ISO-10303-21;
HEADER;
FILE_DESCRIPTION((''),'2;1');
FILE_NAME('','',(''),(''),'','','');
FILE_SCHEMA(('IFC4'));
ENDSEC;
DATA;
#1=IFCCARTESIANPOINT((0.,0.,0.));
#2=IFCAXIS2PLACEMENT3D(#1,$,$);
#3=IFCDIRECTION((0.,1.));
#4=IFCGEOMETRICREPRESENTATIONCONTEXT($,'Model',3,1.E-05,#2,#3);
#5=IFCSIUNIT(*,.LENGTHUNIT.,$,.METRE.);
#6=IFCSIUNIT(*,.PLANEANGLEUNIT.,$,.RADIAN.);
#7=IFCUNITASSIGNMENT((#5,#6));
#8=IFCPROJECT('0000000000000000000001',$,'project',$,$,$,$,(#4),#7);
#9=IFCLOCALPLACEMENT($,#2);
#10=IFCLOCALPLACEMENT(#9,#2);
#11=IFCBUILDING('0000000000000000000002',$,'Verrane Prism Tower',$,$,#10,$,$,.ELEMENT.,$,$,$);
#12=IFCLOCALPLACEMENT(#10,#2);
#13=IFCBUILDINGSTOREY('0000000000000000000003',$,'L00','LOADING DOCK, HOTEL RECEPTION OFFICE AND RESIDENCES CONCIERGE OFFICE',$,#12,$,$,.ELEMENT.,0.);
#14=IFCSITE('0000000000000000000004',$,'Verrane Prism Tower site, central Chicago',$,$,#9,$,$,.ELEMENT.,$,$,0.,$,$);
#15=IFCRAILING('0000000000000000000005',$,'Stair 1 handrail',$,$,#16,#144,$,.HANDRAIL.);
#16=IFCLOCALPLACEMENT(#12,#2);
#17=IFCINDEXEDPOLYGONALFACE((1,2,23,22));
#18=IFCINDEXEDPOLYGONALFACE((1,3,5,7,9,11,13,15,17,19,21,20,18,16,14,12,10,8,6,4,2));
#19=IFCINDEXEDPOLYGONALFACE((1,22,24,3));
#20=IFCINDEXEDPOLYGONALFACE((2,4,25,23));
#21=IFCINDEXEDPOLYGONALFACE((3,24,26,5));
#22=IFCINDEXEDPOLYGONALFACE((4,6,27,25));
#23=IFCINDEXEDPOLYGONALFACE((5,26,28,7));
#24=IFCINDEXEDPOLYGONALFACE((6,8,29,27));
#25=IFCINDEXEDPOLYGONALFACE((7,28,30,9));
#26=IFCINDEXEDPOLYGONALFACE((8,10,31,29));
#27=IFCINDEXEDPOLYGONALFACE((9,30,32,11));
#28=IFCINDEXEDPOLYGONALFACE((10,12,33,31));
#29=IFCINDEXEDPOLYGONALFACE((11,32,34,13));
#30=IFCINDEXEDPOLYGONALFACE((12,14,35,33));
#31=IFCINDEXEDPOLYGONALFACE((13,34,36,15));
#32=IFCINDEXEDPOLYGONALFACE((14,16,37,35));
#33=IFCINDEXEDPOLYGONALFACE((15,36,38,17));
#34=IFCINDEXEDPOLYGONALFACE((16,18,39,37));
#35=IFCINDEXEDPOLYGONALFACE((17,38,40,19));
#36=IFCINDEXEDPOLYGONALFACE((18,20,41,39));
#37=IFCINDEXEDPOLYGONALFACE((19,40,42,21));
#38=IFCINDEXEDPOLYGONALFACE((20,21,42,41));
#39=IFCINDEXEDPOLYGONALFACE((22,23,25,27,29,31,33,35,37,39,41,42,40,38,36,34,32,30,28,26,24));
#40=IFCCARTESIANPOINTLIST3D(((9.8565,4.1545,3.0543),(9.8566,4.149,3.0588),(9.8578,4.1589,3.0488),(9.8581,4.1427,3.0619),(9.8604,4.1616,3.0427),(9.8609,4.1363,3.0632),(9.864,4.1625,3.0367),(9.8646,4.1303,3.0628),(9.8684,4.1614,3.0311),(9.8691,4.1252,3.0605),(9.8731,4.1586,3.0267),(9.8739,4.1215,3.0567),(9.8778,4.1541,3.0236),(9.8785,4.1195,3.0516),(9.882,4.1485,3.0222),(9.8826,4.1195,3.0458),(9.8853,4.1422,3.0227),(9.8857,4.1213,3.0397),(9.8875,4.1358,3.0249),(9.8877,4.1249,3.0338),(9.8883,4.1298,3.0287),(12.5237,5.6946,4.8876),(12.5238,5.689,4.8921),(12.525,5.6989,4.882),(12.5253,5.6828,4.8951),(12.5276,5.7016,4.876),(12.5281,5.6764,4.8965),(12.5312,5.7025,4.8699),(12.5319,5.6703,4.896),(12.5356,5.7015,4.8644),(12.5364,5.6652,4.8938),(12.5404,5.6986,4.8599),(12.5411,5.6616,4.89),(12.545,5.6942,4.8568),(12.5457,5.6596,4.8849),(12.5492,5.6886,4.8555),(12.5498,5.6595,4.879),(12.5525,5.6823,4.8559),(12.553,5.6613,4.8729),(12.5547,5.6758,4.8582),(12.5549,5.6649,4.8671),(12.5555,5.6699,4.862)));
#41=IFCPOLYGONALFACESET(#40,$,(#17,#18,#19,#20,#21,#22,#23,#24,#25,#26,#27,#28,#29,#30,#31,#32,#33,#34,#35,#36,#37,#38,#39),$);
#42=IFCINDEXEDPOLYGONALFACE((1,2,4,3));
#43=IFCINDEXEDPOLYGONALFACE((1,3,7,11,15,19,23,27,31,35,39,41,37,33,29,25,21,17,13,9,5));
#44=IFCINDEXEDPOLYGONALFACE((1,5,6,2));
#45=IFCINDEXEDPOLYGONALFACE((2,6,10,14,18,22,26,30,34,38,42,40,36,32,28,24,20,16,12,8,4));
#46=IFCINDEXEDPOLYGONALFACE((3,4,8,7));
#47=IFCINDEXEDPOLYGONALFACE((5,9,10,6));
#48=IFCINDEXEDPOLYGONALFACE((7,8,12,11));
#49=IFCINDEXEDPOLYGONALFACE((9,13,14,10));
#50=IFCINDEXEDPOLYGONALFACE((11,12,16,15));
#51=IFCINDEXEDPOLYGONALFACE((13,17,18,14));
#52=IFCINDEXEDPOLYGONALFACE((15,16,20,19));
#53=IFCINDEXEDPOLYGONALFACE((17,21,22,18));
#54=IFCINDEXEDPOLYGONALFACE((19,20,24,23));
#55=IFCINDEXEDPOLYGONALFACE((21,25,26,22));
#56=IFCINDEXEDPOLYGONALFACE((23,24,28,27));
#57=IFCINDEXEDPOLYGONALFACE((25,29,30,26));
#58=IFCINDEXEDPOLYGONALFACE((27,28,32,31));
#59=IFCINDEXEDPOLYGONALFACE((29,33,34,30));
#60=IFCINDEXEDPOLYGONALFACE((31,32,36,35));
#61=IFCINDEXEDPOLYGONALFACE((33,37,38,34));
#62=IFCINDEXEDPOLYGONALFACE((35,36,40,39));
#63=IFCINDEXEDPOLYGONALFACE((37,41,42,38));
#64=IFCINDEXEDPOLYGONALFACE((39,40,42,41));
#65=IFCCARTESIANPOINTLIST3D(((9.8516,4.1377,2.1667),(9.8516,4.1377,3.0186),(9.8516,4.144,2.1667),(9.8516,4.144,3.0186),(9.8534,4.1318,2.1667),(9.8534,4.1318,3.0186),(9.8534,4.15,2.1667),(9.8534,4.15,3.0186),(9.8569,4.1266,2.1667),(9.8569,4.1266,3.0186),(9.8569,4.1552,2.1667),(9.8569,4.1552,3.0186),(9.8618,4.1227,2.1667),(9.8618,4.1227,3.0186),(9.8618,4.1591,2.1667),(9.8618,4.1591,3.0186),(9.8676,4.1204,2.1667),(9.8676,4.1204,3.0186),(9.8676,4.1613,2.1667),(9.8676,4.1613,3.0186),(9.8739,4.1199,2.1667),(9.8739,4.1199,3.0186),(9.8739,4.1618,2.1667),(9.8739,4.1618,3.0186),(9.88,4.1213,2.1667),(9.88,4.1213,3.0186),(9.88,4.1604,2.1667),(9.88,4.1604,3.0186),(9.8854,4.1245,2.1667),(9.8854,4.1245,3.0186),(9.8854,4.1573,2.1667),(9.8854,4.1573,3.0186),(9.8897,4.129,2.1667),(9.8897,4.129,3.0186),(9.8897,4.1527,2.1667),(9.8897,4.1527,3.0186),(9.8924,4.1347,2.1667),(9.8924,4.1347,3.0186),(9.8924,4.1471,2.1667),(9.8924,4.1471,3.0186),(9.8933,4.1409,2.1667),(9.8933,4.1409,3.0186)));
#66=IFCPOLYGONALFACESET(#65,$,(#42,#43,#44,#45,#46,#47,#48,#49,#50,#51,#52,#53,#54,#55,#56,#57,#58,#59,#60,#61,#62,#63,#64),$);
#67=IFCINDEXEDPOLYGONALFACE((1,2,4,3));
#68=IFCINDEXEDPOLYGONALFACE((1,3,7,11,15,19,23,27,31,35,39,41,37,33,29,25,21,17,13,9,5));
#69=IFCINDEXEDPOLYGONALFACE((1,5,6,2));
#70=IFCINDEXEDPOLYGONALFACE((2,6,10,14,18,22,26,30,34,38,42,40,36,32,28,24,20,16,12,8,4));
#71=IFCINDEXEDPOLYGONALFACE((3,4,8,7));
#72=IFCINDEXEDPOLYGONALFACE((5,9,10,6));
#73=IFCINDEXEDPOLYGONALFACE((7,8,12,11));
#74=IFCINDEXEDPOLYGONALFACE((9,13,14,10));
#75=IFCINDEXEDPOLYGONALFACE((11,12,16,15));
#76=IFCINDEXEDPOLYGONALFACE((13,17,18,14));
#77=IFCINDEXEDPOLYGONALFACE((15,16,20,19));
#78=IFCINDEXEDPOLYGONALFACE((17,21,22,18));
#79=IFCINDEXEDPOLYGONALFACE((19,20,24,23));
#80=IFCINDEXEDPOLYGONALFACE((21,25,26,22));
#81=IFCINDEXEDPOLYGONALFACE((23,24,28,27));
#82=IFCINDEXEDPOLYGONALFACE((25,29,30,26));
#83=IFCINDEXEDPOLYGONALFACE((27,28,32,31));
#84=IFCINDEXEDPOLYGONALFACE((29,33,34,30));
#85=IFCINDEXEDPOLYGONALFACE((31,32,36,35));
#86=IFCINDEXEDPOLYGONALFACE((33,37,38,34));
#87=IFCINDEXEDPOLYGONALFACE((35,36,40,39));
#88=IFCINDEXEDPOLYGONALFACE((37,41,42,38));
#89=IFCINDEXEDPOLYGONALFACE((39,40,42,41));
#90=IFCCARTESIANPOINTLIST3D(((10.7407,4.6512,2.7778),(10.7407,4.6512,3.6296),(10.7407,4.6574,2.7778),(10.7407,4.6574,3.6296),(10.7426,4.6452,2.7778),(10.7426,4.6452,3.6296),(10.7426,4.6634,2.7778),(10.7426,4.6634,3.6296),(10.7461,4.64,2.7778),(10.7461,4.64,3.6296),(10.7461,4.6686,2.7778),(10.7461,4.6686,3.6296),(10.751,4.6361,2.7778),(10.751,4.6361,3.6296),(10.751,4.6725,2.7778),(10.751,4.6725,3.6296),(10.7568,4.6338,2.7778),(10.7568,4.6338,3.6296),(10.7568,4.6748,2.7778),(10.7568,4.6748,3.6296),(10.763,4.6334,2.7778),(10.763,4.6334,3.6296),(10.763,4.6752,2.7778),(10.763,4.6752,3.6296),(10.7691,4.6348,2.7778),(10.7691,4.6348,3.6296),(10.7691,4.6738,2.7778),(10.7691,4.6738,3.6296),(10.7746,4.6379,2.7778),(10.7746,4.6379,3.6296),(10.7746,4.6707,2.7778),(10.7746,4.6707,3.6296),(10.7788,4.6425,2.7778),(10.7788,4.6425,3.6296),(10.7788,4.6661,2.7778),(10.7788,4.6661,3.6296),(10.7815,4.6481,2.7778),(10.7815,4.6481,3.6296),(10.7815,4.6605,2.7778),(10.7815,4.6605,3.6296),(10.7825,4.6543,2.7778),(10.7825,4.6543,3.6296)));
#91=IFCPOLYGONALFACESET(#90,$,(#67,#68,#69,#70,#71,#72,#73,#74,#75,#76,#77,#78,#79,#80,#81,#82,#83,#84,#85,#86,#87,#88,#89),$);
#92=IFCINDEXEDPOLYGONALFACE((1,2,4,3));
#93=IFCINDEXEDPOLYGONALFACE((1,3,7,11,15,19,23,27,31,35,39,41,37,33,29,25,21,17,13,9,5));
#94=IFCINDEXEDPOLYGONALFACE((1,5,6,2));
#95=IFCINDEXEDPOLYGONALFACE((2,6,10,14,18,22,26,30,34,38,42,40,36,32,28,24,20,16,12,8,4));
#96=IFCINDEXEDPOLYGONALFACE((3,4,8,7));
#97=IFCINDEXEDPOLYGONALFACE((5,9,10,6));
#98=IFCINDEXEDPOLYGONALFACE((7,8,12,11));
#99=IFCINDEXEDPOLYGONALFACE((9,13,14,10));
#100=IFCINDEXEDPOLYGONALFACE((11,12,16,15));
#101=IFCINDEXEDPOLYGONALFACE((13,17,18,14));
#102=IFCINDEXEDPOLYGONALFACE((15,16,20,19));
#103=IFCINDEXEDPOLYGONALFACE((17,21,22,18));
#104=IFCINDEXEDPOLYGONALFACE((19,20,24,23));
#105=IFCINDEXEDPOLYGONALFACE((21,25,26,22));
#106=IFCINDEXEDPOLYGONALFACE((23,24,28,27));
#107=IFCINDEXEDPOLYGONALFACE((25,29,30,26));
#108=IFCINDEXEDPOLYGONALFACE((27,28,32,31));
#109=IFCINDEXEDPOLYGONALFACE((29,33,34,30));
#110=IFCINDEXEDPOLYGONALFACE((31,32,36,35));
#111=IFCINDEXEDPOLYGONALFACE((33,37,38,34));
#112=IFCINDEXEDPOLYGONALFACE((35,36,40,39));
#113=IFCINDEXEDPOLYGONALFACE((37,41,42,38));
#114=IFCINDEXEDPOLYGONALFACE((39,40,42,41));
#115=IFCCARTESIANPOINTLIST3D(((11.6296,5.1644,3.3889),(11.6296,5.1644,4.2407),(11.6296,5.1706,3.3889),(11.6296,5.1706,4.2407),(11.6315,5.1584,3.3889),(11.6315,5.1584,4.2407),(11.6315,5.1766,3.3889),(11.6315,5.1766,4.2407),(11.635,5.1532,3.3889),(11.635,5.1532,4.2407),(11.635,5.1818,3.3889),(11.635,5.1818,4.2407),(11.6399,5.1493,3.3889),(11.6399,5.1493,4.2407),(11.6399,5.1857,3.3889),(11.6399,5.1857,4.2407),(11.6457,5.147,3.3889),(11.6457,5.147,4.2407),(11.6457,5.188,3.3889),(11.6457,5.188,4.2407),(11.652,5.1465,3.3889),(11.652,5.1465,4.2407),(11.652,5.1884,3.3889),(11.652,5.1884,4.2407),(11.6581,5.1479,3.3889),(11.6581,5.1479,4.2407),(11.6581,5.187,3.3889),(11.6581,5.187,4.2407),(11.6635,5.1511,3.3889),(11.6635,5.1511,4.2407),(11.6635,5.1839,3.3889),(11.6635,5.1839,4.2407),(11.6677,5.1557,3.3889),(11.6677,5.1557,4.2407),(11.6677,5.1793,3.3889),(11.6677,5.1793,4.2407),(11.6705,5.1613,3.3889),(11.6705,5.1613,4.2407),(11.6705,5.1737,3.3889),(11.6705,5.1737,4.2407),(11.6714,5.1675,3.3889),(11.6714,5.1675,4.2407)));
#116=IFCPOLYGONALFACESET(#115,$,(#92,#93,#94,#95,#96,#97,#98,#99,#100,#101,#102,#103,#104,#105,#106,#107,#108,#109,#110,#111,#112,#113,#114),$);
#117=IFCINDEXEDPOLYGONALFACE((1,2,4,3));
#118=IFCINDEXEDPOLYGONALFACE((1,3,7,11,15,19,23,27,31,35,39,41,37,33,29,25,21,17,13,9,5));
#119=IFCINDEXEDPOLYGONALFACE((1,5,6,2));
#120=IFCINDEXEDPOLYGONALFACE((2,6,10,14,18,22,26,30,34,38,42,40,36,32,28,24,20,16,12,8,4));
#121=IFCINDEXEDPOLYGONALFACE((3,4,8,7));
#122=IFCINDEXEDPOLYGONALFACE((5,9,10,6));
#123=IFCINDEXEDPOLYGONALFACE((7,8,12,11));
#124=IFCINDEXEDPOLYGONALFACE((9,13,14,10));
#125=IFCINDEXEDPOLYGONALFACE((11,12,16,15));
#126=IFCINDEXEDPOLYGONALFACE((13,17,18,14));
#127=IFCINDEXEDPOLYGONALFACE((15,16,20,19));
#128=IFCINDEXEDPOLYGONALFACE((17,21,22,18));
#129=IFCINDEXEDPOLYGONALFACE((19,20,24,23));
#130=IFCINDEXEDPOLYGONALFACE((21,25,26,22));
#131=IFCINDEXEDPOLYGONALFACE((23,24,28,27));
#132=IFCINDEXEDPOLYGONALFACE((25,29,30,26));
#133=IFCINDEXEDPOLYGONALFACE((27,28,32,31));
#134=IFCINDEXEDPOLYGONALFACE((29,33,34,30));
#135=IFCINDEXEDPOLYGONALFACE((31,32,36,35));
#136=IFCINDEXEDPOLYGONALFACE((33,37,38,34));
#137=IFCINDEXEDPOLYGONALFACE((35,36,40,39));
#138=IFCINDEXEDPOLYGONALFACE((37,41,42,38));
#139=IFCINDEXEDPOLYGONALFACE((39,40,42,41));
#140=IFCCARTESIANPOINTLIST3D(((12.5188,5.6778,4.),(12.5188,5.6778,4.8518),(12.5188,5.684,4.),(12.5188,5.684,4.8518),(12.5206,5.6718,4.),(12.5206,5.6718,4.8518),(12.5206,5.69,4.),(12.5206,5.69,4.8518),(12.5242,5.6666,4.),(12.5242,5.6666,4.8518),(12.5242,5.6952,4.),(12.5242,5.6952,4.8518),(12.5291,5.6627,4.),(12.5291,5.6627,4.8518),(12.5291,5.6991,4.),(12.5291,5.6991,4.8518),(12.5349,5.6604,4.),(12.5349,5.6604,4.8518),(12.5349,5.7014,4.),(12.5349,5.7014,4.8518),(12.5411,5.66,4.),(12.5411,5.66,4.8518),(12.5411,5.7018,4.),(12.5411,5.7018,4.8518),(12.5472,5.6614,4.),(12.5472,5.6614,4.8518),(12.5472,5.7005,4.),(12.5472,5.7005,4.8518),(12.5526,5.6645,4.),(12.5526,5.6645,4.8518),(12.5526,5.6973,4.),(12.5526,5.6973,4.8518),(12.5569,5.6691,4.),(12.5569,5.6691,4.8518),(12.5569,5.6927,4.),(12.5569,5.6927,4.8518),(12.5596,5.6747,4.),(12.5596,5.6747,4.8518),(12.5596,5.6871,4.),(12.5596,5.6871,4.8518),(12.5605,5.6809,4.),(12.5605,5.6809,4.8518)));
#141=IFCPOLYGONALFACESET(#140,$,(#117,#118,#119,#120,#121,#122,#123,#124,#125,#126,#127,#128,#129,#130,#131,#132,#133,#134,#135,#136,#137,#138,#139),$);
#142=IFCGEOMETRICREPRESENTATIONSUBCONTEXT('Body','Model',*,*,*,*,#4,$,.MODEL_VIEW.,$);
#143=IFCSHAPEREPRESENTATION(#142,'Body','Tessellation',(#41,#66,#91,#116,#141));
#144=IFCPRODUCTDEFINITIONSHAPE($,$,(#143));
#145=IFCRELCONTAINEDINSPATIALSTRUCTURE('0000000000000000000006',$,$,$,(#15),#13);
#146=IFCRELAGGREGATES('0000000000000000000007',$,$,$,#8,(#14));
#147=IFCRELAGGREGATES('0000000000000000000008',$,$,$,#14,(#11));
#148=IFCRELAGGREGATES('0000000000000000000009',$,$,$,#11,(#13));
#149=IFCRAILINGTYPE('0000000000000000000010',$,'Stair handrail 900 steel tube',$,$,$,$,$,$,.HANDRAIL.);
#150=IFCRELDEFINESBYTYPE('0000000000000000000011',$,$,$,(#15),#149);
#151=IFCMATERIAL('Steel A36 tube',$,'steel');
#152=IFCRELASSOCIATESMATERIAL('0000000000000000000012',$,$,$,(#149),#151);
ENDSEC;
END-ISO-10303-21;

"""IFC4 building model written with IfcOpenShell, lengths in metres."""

from ifc_helpers import new_model, si_unit, direction, frame, origin, origin_2d, place, context, subcontext, project, spatial, circle, extrude, material, type_object, element, save


model = new_model("IFC4")

# Units and contexts
model_context = context("Model", 3, precision=1e-05, world=origin(), true_north=direction((0.0, 1.0)))
body_context = subcontext(model_context, "Body", "Model", "MODEL_VIEW")
ifc_project = project(units=[si_unit("LENGTHUNIT", "METRE"), si_unit("PLANEANGLEUNIT", "RADIAN")], contexts=[model_context])

# Site, building, storey
site_placement = place(None, origin())
site = spatial("IfcSite", under=ifc_project, at=site_placement, Name="Verrane Prism Tower site, central Chicago", CompositionType="ELEMENT", RefElevation=0.0)
building_placement = place(site_placement, origin())
building = spatial("IfcBuilding", under=site, at=building_placement, Name="Verrane Prism Tower", CompositionType="ELEMENT")
storey_placement = place(building_placement, origin())
storey = spatial("IfcBuildingStorey", under=building, at=storey_placement, Name="L00", Description="LOADING DOCK, HOTEL RECEPTION OFFICE AND RESIDENCES CONCIERGE OFFICE", CompositionType="ELEMENT", Elevation=0.0)

# Railing
ifc_material_1 = material(Name="Steel A36 tube", Category="steel")
railing_type = type_object("IfcRailingType", Name="Stair handrail 900 steel tube", PredefinedType="HANDRAIL", material=ifc_material_1)
railing_1_placement = place(storey_placement, frame((9.8723, 4.1409, 2.1667)))
element("IfcRailing", 1, at=railing_1_placement, inside=storey, type_object=railing_type, Name="Stair 1 handrail", PredefinedType="HANDRAIL", context=body_context, shape_type="SweptSolid", body=[
    extrude(circle(Radius=0.0239, at=origin_2d()), frame((0.0, 0.0, 0.876), z_axis=(0.744159, 0.429671, 0.511478), x_axis=(-0.500027, 0.86601, 0.0)), (0.0, 0.0, 1.0), 3.5842),
    extrude(circle(Radius=0.021, at=origin_2d()), origin(), (0.0, 0.0, 1.0), 0.8518),
    extrude(circle(Radius=0.021, at=origin_2d()), frame((0.8892, 0.5134, 0.6111)), (0.0, 0.0, 1.0), 0.8518),
    extrude(circle(Radius=0.021, at=origin_2d()), frame((1.7781, 1.0266, 1.2222)), (0.0, 0.0, 1.0), 0.8518),
    extrude(circle(Radius=0.021, at=origin_2d()), frame((2.6672, 1.54, 1.8333)), (0.0, 0.0, 1.0), 0.8518),
])

save(model, "model.ifc")
